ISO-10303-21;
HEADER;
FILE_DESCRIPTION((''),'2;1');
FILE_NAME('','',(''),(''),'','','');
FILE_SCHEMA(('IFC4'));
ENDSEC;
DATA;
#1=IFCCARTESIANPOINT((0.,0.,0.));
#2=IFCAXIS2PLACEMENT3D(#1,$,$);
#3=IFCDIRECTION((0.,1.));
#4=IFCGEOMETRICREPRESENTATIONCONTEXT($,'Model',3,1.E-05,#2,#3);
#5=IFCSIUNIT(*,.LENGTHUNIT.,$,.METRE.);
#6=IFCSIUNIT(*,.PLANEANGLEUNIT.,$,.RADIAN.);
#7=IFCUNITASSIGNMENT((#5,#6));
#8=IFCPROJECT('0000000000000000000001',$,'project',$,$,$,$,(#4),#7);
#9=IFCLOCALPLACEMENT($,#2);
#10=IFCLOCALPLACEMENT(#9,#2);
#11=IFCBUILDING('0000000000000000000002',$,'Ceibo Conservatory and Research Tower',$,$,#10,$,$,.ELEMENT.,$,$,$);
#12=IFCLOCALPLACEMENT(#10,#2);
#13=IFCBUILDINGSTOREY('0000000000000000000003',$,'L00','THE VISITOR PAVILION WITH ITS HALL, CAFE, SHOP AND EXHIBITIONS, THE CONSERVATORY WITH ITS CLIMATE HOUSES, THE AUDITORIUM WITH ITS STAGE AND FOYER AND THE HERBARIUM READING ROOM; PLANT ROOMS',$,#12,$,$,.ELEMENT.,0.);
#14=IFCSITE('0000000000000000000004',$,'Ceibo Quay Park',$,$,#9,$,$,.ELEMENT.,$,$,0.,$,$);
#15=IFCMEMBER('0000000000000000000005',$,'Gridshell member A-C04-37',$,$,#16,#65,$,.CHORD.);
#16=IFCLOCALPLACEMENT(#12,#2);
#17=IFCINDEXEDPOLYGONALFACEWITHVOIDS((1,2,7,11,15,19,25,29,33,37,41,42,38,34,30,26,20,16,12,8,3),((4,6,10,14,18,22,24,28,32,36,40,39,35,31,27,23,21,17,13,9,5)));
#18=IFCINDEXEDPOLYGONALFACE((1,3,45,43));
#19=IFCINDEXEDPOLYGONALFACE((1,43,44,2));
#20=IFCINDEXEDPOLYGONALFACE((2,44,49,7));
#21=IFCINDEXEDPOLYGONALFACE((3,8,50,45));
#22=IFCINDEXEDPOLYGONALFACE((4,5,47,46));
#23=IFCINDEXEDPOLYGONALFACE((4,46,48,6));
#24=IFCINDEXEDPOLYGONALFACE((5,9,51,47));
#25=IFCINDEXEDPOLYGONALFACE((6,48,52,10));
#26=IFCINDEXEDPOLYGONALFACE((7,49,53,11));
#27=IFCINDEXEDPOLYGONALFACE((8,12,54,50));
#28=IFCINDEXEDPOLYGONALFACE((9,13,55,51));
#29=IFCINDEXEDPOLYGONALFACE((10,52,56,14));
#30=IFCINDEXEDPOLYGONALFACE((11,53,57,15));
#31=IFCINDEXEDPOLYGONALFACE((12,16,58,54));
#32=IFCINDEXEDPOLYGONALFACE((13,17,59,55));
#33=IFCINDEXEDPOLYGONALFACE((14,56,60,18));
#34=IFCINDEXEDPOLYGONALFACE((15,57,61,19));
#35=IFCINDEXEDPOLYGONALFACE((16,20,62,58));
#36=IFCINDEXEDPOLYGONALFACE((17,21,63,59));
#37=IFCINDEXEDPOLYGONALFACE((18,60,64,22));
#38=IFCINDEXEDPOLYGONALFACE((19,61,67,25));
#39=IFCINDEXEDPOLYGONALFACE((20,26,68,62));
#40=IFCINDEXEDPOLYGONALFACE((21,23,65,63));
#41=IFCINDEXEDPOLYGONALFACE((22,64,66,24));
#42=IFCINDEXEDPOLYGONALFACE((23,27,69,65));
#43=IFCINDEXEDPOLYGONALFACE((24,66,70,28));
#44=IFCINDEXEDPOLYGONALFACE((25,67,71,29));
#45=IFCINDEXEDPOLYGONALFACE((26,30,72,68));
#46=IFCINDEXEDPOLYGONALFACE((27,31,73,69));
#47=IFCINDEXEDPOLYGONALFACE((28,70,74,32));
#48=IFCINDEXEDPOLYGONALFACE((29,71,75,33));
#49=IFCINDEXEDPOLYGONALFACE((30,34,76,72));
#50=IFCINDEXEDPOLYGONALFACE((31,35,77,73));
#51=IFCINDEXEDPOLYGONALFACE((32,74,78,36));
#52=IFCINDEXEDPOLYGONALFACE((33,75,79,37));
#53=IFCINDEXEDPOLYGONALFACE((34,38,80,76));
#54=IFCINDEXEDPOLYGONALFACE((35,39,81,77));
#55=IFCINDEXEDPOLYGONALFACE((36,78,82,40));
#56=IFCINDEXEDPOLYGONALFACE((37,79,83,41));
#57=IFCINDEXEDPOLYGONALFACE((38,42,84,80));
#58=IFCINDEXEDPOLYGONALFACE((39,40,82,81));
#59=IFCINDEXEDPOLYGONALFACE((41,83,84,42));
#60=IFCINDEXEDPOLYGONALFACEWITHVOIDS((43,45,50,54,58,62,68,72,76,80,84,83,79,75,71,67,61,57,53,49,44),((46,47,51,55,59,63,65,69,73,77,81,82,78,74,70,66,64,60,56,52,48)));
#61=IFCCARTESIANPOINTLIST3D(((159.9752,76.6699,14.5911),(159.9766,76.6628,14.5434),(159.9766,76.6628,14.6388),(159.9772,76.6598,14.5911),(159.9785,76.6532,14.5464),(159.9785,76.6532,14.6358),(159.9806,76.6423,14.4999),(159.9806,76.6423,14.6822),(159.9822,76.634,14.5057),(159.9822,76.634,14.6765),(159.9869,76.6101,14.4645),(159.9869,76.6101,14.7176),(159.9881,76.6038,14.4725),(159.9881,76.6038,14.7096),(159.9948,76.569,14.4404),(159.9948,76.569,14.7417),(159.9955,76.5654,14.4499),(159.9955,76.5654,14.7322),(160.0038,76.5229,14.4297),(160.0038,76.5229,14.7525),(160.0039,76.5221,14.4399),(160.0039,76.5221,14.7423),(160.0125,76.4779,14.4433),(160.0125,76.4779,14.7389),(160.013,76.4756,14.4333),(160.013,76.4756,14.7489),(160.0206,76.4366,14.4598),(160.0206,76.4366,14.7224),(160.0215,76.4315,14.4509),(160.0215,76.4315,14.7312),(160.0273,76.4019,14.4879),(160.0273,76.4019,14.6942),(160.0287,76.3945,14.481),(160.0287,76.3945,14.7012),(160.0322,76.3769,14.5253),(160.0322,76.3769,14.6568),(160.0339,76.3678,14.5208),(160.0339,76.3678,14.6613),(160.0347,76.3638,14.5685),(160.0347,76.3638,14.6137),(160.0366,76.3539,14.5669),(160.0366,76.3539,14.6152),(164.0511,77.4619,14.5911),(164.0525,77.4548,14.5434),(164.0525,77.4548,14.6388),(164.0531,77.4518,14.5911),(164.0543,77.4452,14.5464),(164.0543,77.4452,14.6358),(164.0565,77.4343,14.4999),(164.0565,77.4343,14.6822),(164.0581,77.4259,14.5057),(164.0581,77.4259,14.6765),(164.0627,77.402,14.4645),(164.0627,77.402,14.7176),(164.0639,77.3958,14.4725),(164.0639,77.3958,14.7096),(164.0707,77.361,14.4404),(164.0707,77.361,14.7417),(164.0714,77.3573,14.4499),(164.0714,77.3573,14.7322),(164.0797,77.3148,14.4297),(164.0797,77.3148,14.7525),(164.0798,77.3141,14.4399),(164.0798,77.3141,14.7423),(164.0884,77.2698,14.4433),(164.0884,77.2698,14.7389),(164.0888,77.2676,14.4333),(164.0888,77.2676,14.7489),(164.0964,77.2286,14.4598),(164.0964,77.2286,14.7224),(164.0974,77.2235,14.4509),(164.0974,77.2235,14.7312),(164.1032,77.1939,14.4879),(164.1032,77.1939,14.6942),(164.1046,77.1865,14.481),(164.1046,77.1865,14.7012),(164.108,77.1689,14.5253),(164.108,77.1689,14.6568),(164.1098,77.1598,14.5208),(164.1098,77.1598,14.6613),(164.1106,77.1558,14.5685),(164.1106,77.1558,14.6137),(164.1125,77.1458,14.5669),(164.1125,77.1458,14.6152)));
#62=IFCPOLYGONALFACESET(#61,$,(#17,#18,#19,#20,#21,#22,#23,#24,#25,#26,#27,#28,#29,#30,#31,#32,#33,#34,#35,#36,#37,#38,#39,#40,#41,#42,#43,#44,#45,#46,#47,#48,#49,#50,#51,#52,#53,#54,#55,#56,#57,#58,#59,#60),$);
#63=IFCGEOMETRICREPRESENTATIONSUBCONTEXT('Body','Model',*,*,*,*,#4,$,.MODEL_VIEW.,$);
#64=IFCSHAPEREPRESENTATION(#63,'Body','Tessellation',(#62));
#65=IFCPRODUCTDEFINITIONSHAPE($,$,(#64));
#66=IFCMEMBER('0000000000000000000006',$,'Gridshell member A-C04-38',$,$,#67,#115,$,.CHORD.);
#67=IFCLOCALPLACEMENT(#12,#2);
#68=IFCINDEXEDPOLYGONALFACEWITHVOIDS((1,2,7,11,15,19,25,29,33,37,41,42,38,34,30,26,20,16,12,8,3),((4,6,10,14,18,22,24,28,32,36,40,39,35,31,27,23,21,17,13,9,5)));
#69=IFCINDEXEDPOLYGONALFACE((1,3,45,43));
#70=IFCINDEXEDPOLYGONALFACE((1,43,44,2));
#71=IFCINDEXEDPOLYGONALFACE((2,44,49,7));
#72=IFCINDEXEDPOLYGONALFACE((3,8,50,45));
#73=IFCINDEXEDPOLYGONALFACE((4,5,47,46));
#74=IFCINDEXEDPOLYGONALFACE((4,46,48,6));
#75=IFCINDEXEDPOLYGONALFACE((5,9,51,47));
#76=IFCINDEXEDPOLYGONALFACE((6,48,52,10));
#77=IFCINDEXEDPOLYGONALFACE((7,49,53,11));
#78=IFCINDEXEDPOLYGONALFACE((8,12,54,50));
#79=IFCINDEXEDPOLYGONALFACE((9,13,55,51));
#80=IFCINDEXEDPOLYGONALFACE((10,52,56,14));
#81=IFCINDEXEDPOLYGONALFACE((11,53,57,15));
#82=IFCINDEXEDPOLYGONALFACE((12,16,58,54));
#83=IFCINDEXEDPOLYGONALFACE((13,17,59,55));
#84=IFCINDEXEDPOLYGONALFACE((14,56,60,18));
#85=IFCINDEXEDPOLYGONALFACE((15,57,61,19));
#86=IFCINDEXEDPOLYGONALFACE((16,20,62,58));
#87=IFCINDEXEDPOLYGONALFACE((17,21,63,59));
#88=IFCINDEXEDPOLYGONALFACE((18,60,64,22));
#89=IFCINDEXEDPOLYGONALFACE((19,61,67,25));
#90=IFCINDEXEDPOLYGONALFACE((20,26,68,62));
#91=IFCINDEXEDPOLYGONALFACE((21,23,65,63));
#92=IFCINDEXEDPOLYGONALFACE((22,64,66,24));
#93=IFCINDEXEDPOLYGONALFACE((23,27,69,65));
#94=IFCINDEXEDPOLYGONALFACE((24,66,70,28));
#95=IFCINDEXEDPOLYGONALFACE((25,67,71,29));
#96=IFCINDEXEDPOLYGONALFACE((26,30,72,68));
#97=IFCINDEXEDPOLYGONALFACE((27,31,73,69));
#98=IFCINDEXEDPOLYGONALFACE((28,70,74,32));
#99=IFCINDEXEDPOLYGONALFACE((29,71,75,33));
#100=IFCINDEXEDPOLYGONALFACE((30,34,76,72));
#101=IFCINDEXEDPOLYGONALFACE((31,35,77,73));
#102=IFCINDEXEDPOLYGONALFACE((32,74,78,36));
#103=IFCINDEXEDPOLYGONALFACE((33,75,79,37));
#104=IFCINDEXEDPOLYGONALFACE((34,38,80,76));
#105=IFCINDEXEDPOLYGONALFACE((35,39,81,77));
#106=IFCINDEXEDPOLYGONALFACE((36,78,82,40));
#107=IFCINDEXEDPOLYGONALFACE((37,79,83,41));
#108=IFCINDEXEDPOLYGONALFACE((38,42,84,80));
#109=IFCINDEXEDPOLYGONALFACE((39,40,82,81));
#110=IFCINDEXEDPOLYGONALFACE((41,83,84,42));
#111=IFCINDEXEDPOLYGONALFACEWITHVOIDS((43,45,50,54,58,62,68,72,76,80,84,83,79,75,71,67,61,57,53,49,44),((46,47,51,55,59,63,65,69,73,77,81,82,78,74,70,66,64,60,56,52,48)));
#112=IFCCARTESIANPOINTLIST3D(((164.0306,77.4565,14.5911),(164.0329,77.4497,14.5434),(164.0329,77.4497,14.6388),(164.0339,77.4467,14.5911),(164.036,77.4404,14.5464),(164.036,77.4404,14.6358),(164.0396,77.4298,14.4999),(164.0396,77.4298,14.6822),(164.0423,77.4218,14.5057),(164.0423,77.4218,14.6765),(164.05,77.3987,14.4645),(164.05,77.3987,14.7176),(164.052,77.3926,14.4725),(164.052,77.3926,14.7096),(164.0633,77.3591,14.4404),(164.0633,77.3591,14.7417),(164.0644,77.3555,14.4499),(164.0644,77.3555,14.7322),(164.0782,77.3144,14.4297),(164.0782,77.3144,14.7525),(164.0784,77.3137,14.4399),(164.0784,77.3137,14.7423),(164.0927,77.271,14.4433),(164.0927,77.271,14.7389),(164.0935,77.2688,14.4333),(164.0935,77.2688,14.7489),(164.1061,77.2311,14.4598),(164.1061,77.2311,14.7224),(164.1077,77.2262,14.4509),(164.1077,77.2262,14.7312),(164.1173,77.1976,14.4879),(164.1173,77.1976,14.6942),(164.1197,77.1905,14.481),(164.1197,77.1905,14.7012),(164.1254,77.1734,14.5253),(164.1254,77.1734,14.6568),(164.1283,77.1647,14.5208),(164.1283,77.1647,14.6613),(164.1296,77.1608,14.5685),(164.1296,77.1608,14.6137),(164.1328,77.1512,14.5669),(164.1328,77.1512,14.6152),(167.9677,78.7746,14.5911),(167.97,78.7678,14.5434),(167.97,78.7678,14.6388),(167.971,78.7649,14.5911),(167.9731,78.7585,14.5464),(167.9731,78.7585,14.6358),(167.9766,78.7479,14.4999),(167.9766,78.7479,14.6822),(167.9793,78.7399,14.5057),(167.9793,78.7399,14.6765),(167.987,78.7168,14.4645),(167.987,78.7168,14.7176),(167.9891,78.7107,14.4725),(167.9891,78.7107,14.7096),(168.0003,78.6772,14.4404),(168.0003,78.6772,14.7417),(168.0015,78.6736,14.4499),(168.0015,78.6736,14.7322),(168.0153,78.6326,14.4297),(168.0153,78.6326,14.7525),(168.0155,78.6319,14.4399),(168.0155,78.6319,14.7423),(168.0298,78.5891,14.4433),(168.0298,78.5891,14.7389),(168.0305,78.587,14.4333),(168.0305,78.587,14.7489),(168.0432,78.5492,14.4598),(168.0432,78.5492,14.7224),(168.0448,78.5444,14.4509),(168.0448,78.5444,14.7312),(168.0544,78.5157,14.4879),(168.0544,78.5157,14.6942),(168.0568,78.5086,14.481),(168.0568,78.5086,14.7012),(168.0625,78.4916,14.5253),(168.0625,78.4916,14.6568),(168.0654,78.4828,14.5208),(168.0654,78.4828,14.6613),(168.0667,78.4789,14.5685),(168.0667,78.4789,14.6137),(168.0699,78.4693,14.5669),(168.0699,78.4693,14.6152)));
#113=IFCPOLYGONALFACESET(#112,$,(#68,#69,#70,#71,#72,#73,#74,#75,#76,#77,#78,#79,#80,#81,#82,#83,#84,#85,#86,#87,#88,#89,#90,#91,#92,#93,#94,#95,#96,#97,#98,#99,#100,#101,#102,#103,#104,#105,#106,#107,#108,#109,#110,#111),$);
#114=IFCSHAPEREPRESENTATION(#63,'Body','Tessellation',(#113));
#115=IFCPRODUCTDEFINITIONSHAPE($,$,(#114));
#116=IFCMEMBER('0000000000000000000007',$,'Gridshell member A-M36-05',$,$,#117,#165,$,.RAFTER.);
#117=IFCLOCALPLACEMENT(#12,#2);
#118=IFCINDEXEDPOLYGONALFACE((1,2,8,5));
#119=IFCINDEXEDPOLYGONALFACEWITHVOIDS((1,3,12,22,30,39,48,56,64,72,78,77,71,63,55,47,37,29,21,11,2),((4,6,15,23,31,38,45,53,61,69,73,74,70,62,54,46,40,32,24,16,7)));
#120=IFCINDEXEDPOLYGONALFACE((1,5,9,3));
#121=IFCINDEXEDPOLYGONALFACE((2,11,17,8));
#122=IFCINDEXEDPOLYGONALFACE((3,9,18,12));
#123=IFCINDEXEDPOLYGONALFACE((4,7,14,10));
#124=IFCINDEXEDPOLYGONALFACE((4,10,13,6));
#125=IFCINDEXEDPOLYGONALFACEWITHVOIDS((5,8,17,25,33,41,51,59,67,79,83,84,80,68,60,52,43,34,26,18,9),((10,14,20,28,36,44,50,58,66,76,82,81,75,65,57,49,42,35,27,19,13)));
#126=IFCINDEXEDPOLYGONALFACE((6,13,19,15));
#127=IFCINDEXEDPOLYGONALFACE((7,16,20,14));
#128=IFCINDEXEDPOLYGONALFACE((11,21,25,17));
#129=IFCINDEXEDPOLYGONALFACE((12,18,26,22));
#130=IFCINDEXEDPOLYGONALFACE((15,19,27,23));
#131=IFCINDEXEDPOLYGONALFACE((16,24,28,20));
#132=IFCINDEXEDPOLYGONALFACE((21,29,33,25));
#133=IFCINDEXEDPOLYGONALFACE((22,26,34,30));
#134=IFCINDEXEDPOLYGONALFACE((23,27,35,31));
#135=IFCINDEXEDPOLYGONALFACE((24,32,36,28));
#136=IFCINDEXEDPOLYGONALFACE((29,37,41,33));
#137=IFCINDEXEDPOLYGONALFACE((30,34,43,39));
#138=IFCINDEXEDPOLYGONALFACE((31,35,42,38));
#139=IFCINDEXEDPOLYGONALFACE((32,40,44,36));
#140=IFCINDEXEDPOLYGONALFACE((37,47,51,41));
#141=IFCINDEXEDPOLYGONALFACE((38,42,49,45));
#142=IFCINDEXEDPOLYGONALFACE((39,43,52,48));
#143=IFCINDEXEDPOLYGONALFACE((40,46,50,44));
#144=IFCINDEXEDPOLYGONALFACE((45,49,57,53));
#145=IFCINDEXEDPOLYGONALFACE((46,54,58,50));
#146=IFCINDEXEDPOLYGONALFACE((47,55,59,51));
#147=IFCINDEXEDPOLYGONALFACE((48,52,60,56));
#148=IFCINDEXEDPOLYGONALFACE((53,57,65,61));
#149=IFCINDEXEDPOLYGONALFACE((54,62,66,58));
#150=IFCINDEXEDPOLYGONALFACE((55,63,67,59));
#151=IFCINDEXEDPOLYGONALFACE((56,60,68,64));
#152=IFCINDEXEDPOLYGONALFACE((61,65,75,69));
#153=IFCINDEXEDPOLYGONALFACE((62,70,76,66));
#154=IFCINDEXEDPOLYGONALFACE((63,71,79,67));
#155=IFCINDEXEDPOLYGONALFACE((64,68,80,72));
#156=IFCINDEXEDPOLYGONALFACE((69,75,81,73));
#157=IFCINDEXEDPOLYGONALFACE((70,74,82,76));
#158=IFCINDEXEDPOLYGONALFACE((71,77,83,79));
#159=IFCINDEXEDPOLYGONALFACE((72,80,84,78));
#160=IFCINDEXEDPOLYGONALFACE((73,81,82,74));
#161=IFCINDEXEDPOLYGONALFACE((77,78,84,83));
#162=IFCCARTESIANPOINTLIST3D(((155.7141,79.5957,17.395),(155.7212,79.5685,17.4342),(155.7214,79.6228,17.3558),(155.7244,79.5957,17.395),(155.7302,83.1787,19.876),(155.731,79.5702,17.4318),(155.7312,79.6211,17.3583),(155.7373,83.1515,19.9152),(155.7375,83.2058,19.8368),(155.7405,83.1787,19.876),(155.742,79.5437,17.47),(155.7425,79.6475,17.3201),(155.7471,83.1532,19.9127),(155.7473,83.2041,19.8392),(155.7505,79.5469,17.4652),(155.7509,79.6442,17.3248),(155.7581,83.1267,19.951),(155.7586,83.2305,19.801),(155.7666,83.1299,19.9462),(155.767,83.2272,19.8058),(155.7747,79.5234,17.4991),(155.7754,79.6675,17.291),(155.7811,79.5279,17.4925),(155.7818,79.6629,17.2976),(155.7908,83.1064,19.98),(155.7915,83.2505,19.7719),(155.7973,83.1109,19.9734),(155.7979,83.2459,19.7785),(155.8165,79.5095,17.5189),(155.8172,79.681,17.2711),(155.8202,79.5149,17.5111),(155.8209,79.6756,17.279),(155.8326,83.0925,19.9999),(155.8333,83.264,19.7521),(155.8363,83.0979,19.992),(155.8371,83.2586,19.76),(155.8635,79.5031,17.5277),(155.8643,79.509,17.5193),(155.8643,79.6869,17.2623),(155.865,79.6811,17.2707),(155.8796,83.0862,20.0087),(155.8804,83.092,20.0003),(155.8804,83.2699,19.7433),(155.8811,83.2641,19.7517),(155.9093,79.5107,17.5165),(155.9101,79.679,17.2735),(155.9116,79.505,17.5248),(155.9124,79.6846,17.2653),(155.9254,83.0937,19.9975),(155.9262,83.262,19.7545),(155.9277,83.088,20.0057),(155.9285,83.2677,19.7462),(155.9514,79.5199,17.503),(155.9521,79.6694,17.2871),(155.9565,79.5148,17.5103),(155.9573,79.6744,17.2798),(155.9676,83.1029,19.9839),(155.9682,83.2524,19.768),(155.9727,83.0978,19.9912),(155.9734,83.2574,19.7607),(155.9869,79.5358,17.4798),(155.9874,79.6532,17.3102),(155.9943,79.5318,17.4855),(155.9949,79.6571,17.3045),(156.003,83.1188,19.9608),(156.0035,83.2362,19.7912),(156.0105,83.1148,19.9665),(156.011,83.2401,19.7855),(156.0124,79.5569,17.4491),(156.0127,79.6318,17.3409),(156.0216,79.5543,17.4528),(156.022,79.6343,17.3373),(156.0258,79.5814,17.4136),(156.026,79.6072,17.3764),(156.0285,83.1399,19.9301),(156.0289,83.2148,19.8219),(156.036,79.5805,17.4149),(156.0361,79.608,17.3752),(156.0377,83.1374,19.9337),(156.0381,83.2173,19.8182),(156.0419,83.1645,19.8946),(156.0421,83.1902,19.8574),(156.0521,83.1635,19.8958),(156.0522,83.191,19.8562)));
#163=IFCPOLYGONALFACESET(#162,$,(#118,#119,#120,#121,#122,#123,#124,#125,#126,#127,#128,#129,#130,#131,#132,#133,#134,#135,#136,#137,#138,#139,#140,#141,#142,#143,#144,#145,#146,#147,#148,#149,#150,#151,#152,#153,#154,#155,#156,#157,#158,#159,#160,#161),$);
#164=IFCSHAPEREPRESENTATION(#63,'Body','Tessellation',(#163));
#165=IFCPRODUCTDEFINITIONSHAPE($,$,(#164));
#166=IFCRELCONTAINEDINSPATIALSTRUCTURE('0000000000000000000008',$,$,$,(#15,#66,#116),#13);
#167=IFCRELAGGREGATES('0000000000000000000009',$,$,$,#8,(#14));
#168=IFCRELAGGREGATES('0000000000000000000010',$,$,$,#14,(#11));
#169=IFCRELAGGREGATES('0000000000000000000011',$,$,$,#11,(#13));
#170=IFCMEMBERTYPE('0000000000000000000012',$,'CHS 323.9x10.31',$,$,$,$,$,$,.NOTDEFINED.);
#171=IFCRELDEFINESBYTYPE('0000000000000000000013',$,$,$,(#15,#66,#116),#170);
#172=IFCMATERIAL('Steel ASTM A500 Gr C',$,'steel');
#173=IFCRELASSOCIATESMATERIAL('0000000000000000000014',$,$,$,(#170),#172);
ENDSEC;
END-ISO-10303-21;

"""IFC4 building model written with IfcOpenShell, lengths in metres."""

from ifc_helpers import new_model, si_unit, direction, frame, origin, origin_2d, place, context, subcontext, project, spatial, hollow_circle, extrude, material, material_profile, profile_set, type_object, element, save


model = new_model("IFC4")

# Units and contexts
model_context = context("Model", 3, precision=1e-05, world=origin(), true_north=direction((0.0, 1.0)))
body_context = subcontext(model_context, "Body", "Model", "MODEL_VIEW")
ifc_project = project(units=[si_unit("LENGTHUNIT", "METRE"), si_unit("PLANEANGLEUNIT", "RADIAN")], contexts=[model_context])

# Site, building, storey
site_placement = place(None, origin())
site = spatial("IfcSite", under=ifc_project, at=site_placement, Name="Ceibo Quay Park", CompositionType="ELEMENT", RefElevation=0.0)
building_placement = place(site_placement, origin())
building = spatial("IfcBuilding", under=site, at=building_placement, Name="Ceibo Conservatory and Research Tower", CompositionType="ELEMENT")
storey_placement = place(building_placement, origin())
storey = spatial("IfcBuildingStorey", under=building, at=storey_placement, Name="L00", Description="THE VISITOR PAVILION WITH ITS HALL, CAFE, SHOP AND EXHIBITIONS, THE CONSERVATORY WITH ITS CLIMATE HOUSES, THE AUDITORIUM WITH ITS STAGE AND FOYER AND THE HERBARIUM READING ROOM; PLANT ROOMS", CompositionType="ELEMENT", Elevation=0.0)

# Members
ifc_material_1 = material(Name="Steel ASTM A500 Gr C", Category="steel")
ifc_material_profile_1 = material_profile(ifc_material_1, hollow_circle(Radius=0.1619, WallThickness=0.0103, at=origin_2d()), Name="CHS 323.9x10.31")
ifc_profile_set_1 = profile_set([ifc_material_profile_1], Name="Steel ASTM A500 Gr C")
member_type_1 = type_object("IfcMemberType", Name="CHS 323.9x10.31", PredefinedType="NOTDEFINED", material=ifc_profile_set_1)
member_1_placement = place(storey_placement, frame((160.0061, 76.511, 14.5911), z_axis=(0.98164, 0.190742, 0.0), x_axis=(-0.190742, 0.98164, 0.0)))
element("IfcMember", 1, at=member_1_placement, inside=storey, type_object=member_type_1, Name="Gridshell member A-C04-37", PredefinedType="CHORD", context=body_context, shape_type="SweptSolid", body=[
    extrude(hollow_circle(Radius=0.1619, WallThickness=0.0103, at=origin_2d()), origin(), (0.0, 0.0, 1.0), 4.1521),
])
member_2_placement = place(storey_placement, frame((164.082, 77.303, 14.5911), z_axis=(0.948265, 0.31748, 0.0), x_axis=(-0.31748, 0.948265, 0.0)))
element("IfcMember", 2, at=member_2_placement, inside=storey, type_object=member_type_1, Name="Gridshell member A-C04-38", PredefinedType="CHORD", context=body_context, shape_type="SweptSolid", body=[
    extrude(hollow_circle(Radius=0.1619, WallThickness=0.0103, at=origin_2d()), origin(), (0.0, 0.0, 1.0), 4.1519),
])
member_3_placement = place(storey_placement, frame((155.876, 79.595, 17.395), z_axis=(0.003697, 0.822142, 0.56927), x_axis=(-0.99999, 0.004497, 0.0)))
element("IfcMember", 3, at=member_3_placement, inside=storey, type_object=member_type_1, Name="Gridshell member A-M36-05", PredefinedType="RAFTER", context=body_context, shape_type="SweptSolid", body=[
    extrude(hollow_circle(Radius=0.1619, WallThickness=0.0103, at=origin_2d()), origin(), (0.0, 0.0, 1.0), 4.3582),
])

save(model, "model.ifc")
